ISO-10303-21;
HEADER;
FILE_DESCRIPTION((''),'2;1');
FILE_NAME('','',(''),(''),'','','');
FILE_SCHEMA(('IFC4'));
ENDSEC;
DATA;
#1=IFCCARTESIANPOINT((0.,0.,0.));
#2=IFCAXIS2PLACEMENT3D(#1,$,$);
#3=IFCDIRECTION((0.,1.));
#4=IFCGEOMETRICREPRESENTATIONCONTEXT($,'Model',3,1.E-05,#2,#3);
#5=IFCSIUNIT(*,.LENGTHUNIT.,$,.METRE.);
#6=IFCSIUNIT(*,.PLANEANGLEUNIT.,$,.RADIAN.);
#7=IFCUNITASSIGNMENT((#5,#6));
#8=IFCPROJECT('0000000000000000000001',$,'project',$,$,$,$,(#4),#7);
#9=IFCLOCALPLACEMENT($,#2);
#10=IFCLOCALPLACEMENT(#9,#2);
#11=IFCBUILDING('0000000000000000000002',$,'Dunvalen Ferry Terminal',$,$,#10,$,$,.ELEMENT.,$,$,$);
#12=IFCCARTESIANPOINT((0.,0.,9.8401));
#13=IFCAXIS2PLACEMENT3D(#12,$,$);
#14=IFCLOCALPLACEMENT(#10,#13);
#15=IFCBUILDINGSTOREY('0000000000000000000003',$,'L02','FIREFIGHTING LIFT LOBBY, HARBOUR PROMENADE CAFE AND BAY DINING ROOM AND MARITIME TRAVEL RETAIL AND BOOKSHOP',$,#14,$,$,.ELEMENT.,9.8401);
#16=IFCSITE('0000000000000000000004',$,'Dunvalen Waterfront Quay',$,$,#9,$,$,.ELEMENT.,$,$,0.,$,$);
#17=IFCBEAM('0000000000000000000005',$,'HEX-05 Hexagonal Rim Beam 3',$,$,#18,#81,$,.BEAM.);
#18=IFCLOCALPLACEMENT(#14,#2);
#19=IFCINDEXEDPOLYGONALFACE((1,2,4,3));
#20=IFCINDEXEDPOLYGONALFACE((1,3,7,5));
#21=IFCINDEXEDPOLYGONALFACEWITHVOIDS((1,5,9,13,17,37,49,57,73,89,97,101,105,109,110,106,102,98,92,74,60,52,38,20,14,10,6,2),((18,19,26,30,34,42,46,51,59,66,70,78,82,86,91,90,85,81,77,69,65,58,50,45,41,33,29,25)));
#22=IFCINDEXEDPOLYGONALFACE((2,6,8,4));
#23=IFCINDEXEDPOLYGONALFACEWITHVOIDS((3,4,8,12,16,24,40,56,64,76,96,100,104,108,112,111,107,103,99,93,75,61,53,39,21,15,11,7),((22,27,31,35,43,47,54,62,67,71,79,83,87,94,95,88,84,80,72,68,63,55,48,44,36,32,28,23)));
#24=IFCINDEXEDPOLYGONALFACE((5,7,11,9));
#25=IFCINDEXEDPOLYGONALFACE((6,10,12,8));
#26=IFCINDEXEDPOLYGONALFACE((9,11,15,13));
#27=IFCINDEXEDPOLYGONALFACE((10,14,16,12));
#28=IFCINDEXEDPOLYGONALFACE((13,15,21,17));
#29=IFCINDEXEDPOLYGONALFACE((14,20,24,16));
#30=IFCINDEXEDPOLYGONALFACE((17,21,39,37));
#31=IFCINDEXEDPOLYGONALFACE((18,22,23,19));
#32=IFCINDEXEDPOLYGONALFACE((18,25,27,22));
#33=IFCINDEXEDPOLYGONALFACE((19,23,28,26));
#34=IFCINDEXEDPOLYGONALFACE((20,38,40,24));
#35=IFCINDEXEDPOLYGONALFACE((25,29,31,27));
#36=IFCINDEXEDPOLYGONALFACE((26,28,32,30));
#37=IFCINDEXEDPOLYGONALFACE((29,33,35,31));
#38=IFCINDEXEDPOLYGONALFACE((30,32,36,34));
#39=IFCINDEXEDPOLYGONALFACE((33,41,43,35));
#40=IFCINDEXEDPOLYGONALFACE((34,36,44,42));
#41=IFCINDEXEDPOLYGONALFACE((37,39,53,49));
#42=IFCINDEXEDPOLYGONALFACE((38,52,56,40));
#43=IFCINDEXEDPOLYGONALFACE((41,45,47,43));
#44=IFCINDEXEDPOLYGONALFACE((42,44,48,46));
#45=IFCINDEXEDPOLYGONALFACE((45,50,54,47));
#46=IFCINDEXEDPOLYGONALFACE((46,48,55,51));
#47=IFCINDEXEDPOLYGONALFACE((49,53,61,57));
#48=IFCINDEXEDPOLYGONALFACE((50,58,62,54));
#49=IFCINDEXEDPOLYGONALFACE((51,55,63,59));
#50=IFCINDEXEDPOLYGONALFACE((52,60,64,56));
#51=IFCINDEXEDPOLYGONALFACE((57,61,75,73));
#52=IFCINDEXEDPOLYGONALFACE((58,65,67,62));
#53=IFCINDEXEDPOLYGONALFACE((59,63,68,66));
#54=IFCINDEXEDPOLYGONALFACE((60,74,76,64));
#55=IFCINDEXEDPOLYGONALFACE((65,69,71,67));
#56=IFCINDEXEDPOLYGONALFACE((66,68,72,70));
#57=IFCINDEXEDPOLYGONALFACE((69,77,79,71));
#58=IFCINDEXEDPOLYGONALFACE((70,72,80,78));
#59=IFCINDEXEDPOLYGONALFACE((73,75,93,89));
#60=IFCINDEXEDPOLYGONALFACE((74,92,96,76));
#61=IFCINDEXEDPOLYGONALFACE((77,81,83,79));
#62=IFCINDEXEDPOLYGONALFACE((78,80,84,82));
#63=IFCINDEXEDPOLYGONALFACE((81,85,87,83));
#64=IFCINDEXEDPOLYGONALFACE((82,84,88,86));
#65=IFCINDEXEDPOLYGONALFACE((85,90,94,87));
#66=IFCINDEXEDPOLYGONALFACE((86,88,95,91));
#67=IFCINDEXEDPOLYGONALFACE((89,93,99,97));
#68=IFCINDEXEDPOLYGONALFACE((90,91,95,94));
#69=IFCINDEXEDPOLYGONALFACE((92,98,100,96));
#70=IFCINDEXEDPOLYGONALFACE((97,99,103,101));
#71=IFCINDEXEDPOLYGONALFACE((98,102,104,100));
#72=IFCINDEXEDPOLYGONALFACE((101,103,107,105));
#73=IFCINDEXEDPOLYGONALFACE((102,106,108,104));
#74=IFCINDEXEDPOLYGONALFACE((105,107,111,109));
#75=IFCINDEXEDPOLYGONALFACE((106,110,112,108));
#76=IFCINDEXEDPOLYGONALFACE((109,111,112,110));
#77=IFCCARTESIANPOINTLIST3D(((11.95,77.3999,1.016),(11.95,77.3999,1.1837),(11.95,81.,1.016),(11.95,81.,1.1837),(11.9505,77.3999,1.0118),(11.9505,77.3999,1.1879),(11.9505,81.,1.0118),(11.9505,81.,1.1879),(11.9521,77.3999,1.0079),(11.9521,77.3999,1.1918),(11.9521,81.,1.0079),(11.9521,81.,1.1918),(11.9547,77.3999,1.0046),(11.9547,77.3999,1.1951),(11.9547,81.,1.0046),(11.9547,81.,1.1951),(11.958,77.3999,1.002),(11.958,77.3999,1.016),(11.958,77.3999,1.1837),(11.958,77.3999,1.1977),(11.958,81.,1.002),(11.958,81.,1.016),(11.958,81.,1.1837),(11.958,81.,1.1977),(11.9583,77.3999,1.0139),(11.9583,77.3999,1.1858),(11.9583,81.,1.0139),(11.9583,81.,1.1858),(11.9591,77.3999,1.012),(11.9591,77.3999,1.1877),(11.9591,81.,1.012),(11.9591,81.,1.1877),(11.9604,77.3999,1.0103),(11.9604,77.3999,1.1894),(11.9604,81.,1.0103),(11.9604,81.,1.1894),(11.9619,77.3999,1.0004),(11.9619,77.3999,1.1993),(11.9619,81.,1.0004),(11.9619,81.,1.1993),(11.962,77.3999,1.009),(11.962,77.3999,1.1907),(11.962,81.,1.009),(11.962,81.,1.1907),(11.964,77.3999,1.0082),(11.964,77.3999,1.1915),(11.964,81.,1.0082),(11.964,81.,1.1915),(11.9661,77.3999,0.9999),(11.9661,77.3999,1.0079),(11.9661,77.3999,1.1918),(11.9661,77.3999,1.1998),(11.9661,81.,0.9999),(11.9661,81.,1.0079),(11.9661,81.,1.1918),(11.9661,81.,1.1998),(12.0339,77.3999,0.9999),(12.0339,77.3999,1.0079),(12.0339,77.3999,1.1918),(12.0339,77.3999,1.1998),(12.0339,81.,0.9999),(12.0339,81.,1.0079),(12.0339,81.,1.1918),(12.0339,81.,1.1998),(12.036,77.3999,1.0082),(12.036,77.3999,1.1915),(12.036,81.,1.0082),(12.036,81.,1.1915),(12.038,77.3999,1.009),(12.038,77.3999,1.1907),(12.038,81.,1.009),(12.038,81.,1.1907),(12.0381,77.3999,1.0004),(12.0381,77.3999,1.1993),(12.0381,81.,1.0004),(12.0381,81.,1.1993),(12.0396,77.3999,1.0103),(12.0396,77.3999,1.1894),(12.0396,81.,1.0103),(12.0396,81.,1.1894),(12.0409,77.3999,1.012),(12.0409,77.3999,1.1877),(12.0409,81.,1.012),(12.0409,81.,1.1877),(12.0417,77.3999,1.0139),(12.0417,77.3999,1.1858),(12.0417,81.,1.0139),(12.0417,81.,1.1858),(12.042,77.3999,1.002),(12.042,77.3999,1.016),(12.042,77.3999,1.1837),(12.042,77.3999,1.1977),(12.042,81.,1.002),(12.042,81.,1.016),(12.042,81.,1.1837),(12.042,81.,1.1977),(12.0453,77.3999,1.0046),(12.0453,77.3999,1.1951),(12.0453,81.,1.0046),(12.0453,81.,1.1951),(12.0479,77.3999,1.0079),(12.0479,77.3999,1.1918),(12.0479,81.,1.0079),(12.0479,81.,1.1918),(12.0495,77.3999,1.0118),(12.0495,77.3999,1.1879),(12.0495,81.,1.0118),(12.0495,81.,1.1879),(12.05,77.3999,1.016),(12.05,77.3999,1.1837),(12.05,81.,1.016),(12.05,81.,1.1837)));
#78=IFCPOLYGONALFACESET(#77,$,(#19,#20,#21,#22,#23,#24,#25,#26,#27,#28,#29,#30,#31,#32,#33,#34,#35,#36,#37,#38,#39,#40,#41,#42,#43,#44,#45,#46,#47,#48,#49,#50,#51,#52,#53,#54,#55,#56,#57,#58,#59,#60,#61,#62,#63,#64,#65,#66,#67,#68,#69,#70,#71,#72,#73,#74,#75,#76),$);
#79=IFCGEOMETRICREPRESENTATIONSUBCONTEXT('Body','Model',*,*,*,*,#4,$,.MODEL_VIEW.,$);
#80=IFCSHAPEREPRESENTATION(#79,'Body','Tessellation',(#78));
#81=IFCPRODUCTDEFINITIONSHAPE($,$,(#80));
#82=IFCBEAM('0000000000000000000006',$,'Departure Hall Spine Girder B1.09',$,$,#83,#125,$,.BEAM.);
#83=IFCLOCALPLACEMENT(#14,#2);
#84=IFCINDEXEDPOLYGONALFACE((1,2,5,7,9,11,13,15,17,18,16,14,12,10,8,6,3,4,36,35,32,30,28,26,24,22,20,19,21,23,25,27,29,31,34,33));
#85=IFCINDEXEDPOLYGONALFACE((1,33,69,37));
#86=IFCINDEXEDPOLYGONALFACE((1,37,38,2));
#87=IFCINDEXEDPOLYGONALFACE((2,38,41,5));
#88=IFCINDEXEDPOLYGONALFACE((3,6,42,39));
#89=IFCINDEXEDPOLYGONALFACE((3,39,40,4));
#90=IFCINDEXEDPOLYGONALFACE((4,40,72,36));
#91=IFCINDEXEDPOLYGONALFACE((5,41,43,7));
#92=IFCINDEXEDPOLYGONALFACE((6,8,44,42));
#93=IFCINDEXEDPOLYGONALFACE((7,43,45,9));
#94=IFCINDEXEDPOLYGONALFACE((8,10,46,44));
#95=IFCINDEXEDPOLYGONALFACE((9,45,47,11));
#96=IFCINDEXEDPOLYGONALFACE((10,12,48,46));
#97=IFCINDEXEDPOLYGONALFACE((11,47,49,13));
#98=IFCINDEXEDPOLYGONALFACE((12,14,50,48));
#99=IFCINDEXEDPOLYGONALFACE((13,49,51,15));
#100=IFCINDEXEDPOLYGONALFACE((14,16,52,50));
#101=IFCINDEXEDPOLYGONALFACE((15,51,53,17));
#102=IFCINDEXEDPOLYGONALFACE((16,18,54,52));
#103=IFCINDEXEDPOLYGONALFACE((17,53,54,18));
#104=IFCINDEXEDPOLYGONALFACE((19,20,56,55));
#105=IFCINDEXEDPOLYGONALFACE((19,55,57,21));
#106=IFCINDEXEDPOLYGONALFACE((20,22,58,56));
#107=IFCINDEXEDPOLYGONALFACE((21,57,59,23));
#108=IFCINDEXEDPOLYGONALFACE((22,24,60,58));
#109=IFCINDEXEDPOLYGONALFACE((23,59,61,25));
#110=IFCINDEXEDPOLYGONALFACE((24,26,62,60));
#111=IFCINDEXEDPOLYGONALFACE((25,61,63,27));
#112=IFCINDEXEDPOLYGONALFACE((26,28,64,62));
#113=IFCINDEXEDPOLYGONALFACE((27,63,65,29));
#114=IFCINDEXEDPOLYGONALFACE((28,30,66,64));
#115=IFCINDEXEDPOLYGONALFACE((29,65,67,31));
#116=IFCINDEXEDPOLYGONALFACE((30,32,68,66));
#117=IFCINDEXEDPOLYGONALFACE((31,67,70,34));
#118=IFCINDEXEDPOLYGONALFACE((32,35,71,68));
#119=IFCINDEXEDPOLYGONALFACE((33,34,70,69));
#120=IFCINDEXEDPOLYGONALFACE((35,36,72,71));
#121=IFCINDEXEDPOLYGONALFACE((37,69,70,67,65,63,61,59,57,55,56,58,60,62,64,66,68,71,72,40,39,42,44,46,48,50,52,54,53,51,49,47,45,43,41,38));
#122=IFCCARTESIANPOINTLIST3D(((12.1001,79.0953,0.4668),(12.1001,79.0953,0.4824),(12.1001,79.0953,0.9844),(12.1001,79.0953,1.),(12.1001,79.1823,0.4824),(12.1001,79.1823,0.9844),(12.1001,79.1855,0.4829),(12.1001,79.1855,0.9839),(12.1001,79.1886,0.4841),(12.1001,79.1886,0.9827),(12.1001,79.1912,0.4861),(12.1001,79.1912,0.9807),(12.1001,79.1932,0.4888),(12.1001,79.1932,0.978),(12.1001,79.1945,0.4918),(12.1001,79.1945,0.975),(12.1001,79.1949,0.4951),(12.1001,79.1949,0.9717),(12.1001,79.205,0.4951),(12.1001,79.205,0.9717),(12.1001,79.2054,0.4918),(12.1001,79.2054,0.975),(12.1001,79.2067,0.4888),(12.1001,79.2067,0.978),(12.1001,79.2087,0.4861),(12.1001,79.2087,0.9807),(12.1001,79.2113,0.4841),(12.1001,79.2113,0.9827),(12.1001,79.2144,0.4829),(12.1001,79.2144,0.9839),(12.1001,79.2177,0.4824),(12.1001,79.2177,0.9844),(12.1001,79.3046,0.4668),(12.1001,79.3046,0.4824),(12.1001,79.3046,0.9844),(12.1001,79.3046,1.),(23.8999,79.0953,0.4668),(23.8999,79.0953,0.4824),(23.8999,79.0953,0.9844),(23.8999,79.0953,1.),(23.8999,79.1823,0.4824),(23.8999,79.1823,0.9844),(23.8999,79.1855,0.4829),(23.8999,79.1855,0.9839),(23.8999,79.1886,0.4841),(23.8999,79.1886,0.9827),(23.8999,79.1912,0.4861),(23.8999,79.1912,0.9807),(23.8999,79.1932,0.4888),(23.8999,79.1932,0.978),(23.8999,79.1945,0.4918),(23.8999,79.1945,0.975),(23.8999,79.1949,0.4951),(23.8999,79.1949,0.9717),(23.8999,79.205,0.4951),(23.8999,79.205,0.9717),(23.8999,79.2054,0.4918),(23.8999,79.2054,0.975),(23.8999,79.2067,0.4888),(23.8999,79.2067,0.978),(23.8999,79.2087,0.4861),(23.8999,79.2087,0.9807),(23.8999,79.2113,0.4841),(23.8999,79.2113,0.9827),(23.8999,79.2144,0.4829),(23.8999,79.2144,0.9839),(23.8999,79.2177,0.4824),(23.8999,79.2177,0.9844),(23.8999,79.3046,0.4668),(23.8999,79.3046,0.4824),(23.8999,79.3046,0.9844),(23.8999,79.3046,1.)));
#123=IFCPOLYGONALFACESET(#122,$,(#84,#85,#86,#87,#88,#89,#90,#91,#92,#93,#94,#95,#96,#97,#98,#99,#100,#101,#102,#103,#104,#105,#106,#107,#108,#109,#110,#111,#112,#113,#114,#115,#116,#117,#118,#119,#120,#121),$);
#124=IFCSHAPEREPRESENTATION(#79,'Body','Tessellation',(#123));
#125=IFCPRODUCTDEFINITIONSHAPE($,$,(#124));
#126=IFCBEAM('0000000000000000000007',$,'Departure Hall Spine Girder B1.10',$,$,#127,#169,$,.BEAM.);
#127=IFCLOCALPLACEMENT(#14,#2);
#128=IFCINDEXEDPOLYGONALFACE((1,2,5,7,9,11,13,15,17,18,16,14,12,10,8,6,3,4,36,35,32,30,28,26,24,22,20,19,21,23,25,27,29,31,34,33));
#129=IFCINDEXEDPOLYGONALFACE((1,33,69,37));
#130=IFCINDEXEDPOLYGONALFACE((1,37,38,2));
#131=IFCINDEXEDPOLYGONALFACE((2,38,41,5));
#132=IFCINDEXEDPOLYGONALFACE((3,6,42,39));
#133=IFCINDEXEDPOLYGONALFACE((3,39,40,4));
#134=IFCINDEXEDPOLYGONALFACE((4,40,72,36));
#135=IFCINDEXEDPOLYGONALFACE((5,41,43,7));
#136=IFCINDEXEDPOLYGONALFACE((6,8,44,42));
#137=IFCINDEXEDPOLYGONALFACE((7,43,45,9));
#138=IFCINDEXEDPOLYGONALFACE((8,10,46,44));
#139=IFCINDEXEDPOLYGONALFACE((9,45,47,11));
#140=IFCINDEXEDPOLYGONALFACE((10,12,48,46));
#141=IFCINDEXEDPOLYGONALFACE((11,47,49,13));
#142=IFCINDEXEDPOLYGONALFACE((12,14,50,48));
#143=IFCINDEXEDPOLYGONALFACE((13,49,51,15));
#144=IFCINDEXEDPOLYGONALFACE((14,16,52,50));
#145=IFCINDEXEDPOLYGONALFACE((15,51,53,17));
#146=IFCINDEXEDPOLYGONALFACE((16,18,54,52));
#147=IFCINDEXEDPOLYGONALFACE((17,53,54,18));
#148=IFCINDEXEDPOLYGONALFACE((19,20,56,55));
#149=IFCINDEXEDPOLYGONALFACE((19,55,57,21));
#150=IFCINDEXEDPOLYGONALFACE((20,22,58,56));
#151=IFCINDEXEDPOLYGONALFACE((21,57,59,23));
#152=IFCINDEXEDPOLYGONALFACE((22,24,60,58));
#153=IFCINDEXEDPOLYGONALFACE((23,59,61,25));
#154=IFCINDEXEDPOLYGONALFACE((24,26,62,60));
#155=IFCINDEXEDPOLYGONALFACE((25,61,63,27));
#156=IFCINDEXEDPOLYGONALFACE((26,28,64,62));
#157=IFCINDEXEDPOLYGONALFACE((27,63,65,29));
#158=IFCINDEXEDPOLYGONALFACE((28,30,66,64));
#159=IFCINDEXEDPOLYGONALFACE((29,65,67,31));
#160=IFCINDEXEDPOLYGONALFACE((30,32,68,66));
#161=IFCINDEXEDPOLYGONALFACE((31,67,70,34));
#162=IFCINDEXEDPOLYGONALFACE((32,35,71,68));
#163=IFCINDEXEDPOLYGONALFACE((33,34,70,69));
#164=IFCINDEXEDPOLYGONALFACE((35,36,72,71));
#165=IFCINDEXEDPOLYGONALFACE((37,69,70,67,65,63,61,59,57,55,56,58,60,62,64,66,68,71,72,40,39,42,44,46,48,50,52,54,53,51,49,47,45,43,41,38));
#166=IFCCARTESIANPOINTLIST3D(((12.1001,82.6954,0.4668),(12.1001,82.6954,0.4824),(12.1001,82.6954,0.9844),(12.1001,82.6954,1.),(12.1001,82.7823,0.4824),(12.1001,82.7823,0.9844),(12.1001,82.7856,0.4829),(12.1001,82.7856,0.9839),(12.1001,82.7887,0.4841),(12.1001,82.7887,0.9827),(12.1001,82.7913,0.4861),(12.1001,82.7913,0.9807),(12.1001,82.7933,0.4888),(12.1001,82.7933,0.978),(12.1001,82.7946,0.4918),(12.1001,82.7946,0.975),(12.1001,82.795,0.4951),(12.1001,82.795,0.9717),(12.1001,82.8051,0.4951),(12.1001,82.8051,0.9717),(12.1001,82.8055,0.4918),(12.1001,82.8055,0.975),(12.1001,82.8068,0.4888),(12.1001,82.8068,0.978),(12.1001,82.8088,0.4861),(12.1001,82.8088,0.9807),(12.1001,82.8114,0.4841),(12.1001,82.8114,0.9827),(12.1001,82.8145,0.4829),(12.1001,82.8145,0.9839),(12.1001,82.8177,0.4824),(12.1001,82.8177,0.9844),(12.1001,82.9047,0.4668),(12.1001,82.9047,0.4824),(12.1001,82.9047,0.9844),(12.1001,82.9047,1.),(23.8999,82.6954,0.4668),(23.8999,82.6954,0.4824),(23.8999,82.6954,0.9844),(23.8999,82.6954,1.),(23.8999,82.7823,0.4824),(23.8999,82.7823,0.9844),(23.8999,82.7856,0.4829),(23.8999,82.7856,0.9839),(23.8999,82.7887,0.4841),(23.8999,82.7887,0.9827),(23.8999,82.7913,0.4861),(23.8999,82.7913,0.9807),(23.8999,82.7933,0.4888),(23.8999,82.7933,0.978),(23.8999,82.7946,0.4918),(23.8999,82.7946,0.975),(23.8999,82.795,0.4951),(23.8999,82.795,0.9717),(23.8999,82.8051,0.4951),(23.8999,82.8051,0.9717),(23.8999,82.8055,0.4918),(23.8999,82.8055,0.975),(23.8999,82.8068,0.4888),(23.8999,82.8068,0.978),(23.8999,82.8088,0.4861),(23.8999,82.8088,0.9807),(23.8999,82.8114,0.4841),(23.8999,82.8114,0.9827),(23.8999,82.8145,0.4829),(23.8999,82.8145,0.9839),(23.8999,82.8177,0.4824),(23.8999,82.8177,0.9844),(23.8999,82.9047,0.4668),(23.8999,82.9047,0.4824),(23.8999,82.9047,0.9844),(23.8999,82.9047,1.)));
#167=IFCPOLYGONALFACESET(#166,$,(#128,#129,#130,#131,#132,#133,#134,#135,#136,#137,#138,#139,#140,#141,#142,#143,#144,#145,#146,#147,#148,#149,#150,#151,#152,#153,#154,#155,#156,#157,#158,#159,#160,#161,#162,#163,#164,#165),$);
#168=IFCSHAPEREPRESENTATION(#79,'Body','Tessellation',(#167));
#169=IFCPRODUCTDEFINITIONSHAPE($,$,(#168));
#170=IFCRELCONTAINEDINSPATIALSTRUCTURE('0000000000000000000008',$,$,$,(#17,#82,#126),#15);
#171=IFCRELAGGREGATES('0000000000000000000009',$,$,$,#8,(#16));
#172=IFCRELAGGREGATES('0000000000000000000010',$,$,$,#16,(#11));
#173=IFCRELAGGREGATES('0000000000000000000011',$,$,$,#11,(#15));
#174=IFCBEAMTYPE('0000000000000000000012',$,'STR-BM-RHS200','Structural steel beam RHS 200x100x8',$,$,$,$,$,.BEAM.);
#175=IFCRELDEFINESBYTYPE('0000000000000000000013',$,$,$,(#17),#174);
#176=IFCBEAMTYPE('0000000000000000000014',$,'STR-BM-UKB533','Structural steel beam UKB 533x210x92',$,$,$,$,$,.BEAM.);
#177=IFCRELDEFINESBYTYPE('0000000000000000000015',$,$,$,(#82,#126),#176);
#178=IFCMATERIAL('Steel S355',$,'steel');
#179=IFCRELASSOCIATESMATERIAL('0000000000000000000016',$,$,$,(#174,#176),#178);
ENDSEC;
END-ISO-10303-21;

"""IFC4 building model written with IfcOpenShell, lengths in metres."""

from ifc_helpers import new_model, si_unit, direction, frame, origin, origin_2d, place, context, subcontext, project, spatial, hollow_rectangle, i_section, extrude, material, material_profile, profile_set, type_object, element, save


model = new_model("IFC4")

# Units and contexts
model_context = context("Model", 3, precision=1e-05, world=origin(), true_north=direction((0.0, 1.0)))
body_context = subcontext(model_context, "Body", "Model", "MODEL_VIEW")
ifc_project = project(units=[si_unit("LENGTHUNIT", "METRE"), si_unit("PLANEANGLEUNIT", "RADIAN")], contexts=[model_context])

# Site, building, storey
site_placement = place(None, origin())
site = spatial("IfcSite", under=ifc_project, at=site_placement, Name="Dunvalen Waterfront Quay", CompositionType="ELEMENT", RefElevation=0.0)
building_placement = place(site_placement, origin())
building = spatial("IfcBuilding", under=site, at=building_placement, Name="Dunvalen Ferry Terminal", CompositionType="ELEMENT")
storey_placement = place(building_placement, frame((0.0, 0.0, 9.8401)))
storey = spatial("IfcBuildingStorey", under=building, at=storey_placement, Name="L02", Description="FIREFIGHTING LIFT LOBBY, HARBOUR PROMENADE CAFE AND BAY DINING ROOM AND MARITIME TRAVEL RETAIL AND BOOKSHOP", CompositionType="ELEMENT", Elevation=9.8401)

# Beams
ifc_material_1 = material(Name="Steel S355", Category="steel")
ifc_material_profile_1 = material_profile(ifc_material_1, hollow_rectangle(XDim=0.1001, YDim=0.2, WallThickness=0.0081, InnerFilletRadius=0.0081, OuterFilletRadius=0.0161, at=origin_2d()), Name="Steel S355")
ifc_profile_set_1 = profile_set([ifc_material_profile_1], Name="Steel S355")
beam_type_1 = type_object("IfcBeamType", Name="STR-BM-RHS200", Description="Structural steel beam RHS 200x100x8", PredefinedType="BEAM", material=ifc_profile_set_1)
beam_1_placement = place(storey_placement, frame((12.0, 81.0, 1.0999), z_axis=(0.0, -1.0, 0.0), x_axis=(1.0, 0.0, 0.0)))
element("IfcBeam", 1, at=beam_1_placement, inside=storey, type_object=beam_type_1, Name="HEX-05 Hexagonal Rim Beam 3", PredefinedType="BEAM", context=body_context, shape_type="SweptSolid", body=[
    extrude(hollow_rectangle(XDim=0.1001, YDim=0.2, WallThickness=0.0081, InnerFilletRadius=0.0081, OuterFilletRadius=0.0161, at=origin_2d()), origin(), (0.0, 0.0, 1.0), 3.6001),
])
ifc_material_profile_2 = material_profile(ifc_material_1, i_section(OverallWidth=0.2092, OverallDepth=0.5332, WebThickness=0.01, FlangeThickness=0.0156, FilletRadius=0.0127, at=origin_2d()), Name="Steel S355")
ifc_profile_set_2 = profile_set([ifc_material_profile_2], Name="Steel S355")
beam_type_2 = type_object("IfcBeamType", Name="STR-BM-UKB533", Description="Structural steel beam UKB 533x210x92", PredefinedType="BEAM", material=ifc_profile_set_2)
for number, where, z_axis, x_axis, name in (
    (2, (12.1001, 79.2, 0.7334), (1.0, 0.0, 0.0), (0.0, 1.0, 0.0), "Departure Hall Spine Girder B1.09"),
    (3, (12.1001, 82.8, 0.7334), (1.0, 0.0, 0.0), (0.0, 1.0, 0.0), "Departure Hall Spine Girder B1.10"),
):
    element("IfcBeam", number, at=place(storey_placement, frame(where, z_axis=z_axis, x_axis=x_axis)), inside=storey, type_object=beam_type_2, Name=name, PredefinedType="BEAM", context=body_context, shape_type="SweptSolid", body=[
        extrude(i_section(OverallWidth=0.2092, OverallDepth=0.5332, WebThickness=0.01, FlangeThickness=0.0156, FilletRadius=0.0127, at=origin_2d()), origin(), (0.0, 0.0, 1.0), 11.7998),
    ])

save(model, "model.ifc")
